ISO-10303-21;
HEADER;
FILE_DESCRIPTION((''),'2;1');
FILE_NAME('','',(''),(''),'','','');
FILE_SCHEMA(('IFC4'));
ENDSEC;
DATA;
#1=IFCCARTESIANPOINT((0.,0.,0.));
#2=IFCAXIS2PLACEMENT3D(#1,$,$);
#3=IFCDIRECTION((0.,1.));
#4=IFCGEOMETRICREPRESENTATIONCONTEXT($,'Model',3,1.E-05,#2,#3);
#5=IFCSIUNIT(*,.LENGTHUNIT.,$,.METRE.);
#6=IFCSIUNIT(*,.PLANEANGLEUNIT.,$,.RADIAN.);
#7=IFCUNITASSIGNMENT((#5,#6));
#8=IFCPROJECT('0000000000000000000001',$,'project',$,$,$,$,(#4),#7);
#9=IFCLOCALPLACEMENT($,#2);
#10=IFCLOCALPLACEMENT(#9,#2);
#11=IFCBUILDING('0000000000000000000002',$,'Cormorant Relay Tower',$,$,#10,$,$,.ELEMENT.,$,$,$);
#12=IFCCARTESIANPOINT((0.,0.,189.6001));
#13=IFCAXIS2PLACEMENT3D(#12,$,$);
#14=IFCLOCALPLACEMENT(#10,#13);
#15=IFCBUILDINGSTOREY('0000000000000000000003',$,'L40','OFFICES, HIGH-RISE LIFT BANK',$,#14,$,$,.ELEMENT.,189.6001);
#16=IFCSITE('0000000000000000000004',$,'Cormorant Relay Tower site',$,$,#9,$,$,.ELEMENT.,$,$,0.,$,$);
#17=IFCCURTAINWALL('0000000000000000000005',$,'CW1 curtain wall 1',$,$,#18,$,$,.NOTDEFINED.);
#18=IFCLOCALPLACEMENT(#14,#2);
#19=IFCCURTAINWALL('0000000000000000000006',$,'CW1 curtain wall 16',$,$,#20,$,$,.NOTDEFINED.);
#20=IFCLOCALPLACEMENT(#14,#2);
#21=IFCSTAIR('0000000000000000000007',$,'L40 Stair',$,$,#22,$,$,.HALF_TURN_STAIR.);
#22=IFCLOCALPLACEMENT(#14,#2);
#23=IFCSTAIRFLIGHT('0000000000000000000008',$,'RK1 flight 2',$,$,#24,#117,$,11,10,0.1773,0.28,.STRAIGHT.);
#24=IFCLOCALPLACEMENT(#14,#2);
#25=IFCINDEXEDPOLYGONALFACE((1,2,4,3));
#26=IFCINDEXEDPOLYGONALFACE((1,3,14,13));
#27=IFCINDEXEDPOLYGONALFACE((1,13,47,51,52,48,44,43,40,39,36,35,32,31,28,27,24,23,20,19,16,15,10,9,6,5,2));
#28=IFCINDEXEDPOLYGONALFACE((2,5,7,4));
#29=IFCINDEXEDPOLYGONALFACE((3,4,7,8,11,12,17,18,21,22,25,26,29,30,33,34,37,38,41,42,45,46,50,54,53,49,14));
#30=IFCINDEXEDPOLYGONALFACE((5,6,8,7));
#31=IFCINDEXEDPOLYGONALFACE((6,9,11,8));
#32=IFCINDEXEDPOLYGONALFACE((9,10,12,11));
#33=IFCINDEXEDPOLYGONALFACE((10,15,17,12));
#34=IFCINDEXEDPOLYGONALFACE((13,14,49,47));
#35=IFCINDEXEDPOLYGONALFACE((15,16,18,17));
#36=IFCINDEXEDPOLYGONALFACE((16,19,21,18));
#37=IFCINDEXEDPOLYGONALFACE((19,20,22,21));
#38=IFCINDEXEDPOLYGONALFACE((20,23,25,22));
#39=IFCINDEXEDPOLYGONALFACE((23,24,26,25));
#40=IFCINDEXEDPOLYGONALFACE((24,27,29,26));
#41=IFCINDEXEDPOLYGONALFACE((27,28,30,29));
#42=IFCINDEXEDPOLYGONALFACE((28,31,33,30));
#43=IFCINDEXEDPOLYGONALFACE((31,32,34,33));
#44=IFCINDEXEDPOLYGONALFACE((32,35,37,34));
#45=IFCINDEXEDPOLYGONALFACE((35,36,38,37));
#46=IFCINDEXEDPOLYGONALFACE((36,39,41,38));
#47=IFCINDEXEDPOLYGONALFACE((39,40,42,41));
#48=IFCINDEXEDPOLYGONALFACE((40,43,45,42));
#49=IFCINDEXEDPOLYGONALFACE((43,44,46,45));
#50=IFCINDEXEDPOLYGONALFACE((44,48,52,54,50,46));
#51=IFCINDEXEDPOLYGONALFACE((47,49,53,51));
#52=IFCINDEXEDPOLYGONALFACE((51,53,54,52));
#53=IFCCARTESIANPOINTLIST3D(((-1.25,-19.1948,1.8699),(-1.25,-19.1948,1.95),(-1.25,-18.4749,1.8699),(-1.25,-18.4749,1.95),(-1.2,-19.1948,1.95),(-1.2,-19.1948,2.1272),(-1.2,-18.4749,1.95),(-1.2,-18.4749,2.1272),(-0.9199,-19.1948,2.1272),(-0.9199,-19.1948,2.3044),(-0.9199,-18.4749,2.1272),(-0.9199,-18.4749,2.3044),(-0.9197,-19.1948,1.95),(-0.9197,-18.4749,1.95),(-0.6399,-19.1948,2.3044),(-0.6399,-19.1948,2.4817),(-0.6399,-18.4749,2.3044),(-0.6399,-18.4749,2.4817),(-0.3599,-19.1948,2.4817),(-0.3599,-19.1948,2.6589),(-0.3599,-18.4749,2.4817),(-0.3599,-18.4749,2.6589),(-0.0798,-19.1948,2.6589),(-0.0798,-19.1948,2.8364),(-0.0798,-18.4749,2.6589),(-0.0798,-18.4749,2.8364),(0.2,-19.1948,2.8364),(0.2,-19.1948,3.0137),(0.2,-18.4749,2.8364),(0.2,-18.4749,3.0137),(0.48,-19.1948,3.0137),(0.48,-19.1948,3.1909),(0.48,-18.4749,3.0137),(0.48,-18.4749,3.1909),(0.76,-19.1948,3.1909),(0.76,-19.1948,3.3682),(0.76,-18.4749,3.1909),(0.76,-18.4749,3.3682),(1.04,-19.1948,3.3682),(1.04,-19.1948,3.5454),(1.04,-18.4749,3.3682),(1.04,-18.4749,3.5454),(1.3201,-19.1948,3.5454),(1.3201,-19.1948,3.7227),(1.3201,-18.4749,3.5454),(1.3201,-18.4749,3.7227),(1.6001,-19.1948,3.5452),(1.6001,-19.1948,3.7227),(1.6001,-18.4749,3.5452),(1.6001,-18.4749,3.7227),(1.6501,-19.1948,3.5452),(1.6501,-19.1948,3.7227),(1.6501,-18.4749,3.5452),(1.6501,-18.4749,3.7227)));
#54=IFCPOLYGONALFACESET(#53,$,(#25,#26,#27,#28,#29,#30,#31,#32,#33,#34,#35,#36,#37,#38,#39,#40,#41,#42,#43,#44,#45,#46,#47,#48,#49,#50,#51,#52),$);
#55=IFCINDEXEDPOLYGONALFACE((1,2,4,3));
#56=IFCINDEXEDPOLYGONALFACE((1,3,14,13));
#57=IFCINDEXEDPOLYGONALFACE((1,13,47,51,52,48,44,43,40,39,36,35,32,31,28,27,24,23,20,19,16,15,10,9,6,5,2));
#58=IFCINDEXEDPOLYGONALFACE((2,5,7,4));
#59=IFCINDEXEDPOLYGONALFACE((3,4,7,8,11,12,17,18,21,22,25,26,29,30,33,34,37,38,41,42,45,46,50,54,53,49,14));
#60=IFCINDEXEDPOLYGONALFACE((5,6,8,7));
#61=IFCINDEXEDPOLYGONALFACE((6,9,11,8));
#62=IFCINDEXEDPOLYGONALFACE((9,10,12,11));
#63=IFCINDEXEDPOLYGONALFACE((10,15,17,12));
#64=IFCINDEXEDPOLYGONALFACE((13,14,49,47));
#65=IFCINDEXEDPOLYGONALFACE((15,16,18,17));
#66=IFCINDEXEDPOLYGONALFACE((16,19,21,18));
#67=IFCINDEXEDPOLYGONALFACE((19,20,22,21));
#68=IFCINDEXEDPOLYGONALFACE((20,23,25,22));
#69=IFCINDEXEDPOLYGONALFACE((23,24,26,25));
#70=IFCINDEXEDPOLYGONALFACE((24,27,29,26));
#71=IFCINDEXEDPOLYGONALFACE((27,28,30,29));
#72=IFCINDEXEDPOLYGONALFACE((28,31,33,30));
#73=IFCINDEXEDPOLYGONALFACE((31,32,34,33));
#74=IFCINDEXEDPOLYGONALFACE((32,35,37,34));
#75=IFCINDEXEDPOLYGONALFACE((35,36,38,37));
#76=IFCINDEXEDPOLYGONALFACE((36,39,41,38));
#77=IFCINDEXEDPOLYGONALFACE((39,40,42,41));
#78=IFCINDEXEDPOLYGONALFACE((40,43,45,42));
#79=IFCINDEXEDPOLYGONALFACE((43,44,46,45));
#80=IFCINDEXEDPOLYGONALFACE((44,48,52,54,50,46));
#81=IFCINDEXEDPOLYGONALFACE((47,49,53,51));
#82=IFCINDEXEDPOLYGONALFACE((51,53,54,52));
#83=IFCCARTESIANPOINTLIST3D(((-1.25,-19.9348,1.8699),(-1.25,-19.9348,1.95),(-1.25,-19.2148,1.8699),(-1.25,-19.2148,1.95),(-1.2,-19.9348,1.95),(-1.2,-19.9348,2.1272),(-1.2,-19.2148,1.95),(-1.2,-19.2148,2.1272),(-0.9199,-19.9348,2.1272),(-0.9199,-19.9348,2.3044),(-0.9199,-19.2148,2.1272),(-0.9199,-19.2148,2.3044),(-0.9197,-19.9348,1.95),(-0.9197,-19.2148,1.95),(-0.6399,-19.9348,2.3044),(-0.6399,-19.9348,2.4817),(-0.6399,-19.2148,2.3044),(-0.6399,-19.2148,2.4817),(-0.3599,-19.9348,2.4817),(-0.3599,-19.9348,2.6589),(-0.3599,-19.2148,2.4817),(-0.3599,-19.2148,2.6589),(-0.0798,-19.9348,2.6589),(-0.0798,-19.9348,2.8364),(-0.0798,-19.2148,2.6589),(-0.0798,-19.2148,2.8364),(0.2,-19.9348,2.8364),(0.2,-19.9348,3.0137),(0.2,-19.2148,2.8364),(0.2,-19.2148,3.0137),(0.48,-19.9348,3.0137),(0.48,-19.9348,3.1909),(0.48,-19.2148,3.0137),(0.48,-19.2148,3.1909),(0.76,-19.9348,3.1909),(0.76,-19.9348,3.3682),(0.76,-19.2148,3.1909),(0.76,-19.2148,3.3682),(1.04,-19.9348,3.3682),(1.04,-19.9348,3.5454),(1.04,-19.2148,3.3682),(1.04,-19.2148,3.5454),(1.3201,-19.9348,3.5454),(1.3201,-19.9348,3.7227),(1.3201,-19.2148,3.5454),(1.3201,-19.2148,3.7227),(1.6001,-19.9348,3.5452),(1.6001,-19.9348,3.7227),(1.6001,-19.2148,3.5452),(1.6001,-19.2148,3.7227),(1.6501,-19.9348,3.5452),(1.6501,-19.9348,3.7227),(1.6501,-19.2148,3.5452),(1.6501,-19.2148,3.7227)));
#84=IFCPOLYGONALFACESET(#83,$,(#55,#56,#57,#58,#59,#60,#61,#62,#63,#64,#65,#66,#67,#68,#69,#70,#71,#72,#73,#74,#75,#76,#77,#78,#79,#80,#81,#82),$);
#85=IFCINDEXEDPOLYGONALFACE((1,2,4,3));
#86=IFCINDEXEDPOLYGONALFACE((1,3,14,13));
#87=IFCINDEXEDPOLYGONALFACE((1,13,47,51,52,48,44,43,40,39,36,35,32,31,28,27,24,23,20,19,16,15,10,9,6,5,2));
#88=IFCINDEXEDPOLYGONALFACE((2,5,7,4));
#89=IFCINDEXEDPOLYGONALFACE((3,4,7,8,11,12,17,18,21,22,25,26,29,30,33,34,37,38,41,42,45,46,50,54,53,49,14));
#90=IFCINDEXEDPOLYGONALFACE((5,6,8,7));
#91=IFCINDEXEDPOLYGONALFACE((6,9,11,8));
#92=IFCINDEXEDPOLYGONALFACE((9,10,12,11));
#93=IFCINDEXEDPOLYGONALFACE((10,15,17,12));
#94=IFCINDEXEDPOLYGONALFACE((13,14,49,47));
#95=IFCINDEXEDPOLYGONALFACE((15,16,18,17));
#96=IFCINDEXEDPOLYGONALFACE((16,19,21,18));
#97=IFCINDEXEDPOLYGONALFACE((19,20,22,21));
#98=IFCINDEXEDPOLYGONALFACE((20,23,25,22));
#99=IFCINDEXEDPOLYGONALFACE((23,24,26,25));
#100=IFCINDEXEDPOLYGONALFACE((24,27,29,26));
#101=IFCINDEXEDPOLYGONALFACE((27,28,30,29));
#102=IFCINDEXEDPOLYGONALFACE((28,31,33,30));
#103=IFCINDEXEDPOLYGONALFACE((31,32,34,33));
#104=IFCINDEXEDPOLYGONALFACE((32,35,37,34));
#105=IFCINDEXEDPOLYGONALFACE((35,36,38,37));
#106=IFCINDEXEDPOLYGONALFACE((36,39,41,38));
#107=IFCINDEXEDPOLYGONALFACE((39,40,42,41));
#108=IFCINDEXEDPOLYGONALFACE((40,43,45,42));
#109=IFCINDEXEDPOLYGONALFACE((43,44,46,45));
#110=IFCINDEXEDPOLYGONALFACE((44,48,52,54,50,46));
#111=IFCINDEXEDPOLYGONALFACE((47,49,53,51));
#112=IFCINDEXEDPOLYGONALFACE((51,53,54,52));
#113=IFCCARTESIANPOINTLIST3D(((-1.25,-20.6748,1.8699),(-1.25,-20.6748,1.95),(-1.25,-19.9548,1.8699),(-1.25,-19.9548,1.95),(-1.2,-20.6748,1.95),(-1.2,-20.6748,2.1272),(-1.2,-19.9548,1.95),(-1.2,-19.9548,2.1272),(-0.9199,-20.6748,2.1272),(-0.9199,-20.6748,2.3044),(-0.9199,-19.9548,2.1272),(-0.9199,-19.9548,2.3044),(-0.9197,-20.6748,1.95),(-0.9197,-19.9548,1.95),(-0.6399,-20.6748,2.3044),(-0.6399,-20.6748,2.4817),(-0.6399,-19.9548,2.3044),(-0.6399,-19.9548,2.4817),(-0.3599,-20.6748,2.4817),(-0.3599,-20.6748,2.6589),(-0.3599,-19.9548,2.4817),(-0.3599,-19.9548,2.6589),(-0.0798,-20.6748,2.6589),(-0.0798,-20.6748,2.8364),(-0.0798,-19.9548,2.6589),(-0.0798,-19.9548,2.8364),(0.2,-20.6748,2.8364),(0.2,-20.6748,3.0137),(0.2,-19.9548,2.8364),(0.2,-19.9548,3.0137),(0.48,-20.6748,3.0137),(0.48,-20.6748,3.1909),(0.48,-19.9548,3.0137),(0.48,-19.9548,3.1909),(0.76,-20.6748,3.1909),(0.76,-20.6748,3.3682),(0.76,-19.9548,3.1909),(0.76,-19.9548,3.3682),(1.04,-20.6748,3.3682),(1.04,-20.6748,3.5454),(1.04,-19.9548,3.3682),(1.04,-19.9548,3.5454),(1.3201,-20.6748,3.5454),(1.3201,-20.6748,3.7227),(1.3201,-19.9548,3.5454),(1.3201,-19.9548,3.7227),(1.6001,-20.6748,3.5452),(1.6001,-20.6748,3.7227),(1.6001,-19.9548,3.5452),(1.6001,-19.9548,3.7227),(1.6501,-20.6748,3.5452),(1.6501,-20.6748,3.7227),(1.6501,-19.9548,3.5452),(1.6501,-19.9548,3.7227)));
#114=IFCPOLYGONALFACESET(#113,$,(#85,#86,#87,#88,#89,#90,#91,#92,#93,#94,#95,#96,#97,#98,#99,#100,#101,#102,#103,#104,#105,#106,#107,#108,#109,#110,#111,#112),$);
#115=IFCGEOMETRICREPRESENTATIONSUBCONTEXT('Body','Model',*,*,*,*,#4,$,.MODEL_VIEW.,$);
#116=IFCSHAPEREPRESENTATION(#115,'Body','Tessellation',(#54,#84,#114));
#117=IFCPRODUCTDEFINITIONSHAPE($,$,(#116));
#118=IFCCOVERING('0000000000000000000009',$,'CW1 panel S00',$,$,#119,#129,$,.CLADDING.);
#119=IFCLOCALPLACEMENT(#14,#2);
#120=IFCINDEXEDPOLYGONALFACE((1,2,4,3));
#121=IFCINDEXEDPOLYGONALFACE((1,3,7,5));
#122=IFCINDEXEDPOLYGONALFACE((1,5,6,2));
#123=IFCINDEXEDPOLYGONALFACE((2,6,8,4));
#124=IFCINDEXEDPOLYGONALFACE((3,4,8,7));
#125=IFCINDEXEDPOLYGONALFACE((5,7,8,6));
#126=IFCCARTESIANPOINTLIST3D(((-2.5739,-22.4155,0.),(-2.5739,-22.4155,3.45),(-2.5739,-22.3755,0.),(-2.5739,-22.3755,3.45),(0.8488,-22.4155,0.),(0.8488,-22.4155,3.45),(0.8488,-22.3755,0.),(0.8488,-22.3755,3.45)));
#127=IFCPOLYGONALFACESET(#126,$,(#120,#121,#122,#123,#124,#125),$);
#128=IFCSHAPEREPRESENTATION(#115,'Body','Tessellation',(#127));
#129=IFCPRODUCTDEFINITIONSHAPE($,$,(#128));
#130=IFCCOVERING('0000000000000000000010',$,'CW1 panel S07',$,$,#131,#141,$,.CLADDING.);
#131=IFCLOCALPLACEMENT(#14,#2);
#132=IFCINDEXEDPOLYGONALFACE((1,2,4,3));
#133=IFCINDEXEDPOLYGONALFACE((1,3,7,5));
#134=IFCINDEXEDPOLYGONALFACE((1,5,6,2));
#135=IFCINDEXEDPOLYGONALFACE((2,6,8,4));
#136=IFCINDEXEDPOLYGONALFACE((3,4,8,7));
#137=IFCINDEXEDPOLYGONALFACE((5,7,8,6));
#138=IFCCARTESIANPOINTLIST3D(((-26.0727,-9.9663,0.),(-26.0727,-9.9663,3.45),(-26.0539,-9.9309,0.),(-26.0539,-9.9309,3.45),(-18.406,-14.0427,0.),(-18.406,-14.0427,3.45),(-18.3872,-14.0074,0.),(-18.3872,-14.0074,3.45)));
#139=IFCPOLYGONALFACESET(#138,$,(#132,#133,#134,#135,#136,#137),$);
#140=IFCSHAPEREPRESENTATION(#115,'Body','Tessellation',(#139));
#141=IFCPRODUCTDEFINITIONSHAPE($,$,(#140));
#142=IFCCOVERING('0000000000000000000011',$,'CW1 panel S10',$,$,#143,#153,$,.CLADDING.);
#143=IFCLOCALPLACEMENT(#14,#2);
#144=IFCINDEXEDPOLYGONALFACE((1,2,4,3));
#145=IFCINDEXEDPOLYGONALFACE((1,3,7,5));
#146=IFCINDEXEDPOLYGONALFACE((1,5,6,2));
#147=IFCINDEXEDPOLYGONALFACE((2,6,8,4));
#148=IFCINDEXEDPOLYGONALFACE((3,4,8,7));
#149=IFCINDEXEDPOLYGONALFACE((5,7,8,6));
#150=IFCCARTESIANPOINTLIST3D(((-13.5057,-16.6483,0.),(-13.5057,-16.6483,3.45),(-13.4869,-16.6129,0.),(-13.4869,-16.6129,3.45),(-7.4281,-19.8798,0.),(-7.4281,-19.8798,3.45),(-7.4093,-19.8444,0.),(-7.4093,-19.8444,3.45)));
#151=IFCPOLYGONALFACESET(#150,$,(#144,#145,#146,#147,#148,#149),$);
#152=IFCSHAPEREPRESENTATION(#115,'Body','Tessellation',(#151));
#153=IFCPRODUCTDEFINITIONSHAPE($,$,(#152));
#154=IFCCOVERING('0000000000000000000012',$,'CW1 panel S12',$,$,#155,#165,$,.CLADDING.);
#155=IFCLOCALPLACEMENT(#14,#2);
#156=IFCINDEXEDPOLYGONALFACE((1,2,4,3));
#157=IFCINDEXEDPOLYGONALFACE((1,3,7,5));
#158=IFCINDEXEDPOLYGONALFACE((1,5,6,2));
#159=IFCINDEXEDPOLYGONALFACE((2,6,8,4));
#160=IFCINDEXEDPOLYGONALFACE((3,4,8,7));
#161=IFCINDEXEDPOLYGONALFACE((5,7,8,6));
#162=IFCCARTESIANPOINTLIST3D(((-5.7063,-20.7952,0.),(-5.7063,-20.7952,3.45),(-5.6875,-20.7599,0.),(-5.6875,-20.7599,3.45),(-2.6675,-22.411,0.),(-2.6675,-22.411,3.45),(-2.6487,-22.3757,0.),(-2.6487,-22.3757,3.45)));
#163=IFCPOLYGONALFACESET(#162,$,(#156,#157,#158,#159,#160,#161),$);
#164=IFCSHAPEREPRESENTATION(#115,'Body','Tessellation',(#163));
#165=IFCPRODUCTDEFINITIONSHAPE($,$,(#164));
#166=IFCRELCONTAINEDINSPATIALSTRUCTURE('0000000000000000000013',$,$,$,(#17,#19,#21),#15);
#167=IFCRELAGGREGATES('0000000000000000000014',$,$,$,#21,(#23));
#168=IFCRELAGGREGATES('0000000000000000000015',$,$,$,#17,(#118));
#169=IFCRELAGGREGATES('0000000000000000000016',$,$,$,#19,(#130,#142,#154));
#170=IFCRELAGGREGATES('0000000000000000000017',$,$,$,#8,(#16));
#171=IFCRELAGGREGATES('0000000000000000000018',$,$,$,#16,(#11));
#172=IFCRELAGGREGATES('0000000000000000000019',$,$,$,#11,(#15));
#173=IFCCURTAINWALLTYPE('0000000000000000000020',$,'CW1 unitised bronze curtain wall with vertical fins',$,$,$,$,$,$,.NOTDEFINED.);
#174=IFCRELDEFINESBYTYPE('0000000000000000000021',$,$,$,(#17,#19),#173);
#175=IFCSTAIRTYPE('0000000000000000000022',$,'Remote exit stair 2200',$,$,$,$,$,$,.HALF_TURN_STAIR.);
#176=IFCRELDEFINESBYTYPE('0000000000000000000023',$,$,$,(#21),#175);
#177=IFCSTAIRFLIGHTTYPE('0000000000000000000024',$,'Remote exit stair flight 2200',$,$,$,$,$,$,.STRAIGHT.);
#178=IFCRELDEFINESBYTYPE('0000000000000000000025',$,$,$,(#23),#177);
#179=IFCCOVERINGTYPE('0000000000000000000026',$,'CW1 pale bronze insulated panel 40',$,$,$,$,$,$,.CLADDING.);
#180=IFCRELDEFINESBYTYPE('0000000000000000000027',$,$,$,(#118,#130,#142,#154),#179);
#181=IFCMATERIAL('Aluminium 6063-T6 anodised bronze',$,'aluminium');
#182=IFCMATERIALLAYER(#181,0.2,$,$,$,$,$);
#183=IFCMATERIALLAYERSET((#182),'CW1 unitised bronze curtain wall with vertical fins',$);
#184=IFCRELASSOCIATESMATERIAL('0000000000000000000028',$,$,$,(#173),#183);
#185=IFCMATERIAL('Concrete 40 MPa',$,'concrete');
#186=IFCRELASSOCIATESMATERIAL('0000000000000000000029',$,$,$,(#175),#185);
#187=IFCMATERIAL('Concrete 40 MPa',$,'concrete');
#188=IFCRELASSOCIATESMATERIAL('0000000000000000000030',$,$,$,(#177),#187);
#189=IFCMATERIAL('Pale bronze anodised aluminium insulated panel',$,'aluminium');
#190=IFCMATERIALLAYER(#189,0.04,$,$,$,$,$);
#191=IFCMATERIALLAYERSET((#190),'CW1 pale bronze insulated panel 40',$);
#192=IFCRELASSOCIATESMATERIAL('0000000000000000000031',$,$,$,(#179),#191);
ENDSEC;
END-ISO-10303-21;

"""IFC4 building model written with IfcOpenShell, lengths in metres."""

from ifc_helpers import new_model, si_unit, direction, frame, origin, origin_2d, place, context, subcontext, project, spatial, polyline, rectangle, outline, extrude, material, layer, layer_set, type_object, element, aggregate, save


model = new_model("IFC4")

# Units and contexts
model_context = context("Model", 3, precision=1e-05, world=origin(), true_north=direction((0.0, 1.0)))
body_context = subcontext(model_context, "Body", "Model", "MODEL_VIEW")
ifc_project = project(units=[si_unit("LENGTHUNIT", "METRE"), si_unit("PLANEANGLEUNIT", "RADIAN")], contexts=[model_context])

# Site, building, storey
site_placement = place(None, origin())
site = spatial("IfcSite", under=ifc_project, at=site_placement, Name="Cormorant Relay Tower site", CompositionType="ELEMENT", RefElevation=0.0)
building_placement = place(site_placement, origin())
building = spatial("IfcBuilding", under=site, at=building_placement, Name="Cormorant Relay Tower", CompositionType="ELEMENT")
storey_placement = place(building_placement, frame((0.0, 0.0, 189.6001)))
storey = spatial("IfcBuildingStorey", under=building, at=storey_placement, Name="L40", Description="OFFICES, HIGH-RISE LIFT BANK", CompositionType="ELEMENT", Elevation=189.6001)

# Curtain wall
ifc_material_1 = material(Name="Aluminium 6063-T6 anodised bronze", Category="aluminium")
ifc_layer_1 = layer(ifc_material_1, 0.2)
ifc_layer_set_1 = layer_set([ifc_layer_1], Name="CW1 unitised bronze curtain wall with vertical fins")
curtain_wall_type = type_object("IfcCurtainWallType", Name="CW1 unitised bronze curtain wall with vertical fins", PredefinedType="NOTDEFINED", material=ifc_layer_set_1)
curtain_wall_1_placement = place(storey_placement, origin())
curtain_wall_1 = element("IfcCurtainWall", 1, at=curtain_wall_1_placement, inside=storey, type_object=curtain_wall_type, Name="CW1 curtain wall 1", PredefinedType="NOTDEFINED")

# Curtain wall
curtain_wall_2_placement = place(storey_placement, origin())
curtain_wall_2 = element("IfcCurtainWall", 2, at=curtain_wall_2_placement, inside=storey, type_object=curtain_wall_type, Name="CW1 curtain wall 16", PredefinedType="NOTDEFINED")

# Stair, stair flight
ifc_material_2 = material(Name="Concrete 40 MPa", Category="concrete")
stair_type = type_object("IfcStairType", Name="Remote exit stair 2200", PredefinedType="HALF_TURN_STAIR", material=ifc_material_2)
stair_placement = place(storey_placement, origin())
stair = element("IfcStair", 3, at=stair_placement, inside=storey, type_object=stair_type, Name="L40 Stair", PredefinedType="HALF_TURN_STAIR")
ifc_material_3 = material(Name="Concrete 40 MPa", Category="concrete")
stair_flight_type = type_object("IfcStairFlightType", Name="Remote exit stair flight 2200", PredefinedType="STRAIGHT", material=ifc_material_3)
stair_flight_placement = place(storey_placement, frame((-1.2, -19.575, 1.95), z_axis=(0.0, 0.0, 1.0), x_axis=(1.0, 0.0, 0.0)))
stair_flight = element("IfcStairFlight", 4, at=stair_flight_placement, type_object=stair_flight_type, Name="RK1 flight 2", NumberOfRisers=11, NumberOfTreads=10, PredefinedType="STRAIGHT", RiserHeight=0.1773, TreadLength=0.28, context=body_context, shape_type="SweptSolid", body=[
    extrude(outline(polyline([(-0.05, -0.0801), (-0.05, 0.0), (0.0, 0.0), (0.0, 0.1772), (0.28, 0.1772), (0.28, 0.3545), (0.5601, 0.3545), (0.5601, 0.5317), (0.8401, 0.5317), (0.8401, 0.709), (1.1201, 0.709), (1.1201, 0.8865), (1.3999, 0.8865), (1.3999, 1.0637), (1.6799, 1.0637), (1.6799, 1.241), (1.96, 1.241), (1.96, 1.4182), (2.24, 1.4182), (2.24, 1.5955), (2.52, 1.5955), (2.52, 1.7727), (2.8, 1.7727), (2.8501, 1.7727), (2.8501, 1.5952), (2.8, 1.5952), (0.2803, 0.0), (-0.05, -0.0801)])), frame((0.0, 1.1001, 0.0), z_axis=(0.0, -1.0, 0.0), x_axis=(1.0, 0.0, 0.0)), (0.0, 0.0, 1.0), 0.72),
    extrude(outline(polyline([(-0.05, -0.0801), (-0.05, 0.0), (0.0, 0.0), (0.0, 0.1772), (0.28, 0.1772), (0.28, 0.3545), (0.5601, 0.3545), (0.5601, 0.5317), (0.8401, 0.5317), (0.8401, 0.709), (1.1201, 0.709), (1.1201, 0.8865), (1.3999, 0.8865), (1.3999, 1.0637), (1.6799, 1.0637), (1.6799, 1.241), (1.96, 1.241), (1.96, 1.4182), (2.24, 1.4182), (2.24, 1.5955), (2.52, 1.5955), (2.52, 1.7727), (2.8, 1.7727), (2.8501, 1.7727), (2.8501, 1.5952), (2.8, 1.5952), (0.2803, 0.0), (-0.05, -0.0801)])), frame((0.0, 0.3601, 0.0), z_axis=(0.0, -1.0, 0.0), x_axis=(1.0, 0.0, 0.0)), (0.0, 0.0, 1.0), 0.72),
    extrude(outline(polyline([(-0.05, -0.0801), (-0.05, 0.0), (0.0, 0.0), (0.0, 0.1772), (0.28, 0.1772), (0.28, 0.3545), (0.5601, 0.3545), (0.5601, 0.5317), (0.8401, 0.5317), (0.8401, 0.709), (1.1201, 0.709), (1.1201, 0.8865), (1.3999, 0.8865), (1.3999, 1.0637), (1.6799, 1.0637), (1.6799, 1.241), (1.96, 1.241), (1.96, 1.4182), (2.24, 1.4182), (2.24, 1.5955), (2.52, 1.5955), (2.52, 1.7727), (2.8, 1.7727), (2.8501, 1.7727), (2.8501, 1.5952), (2.8, 1.5952), (0.2803, 0.0), (-0.05, -0.0801)])), frame((0.0, -0.3799, 0.0), z_axis=(0.0, -1.0, 0.0), x_axis=(1.0, 0.0, 0.0)), (0.0, 0.0, 1.0), 0.72),
])
aggregate(stair, [stair_flight])

# Coverings
ifc_material_4 = material(Name="Pale bronze anodised aluminium insulated panel", Category="aluminium")
ifc_layer_2 = layer(ifc_material_4, 0.04)
ifc_layer_set_2 = layer_set([ifc_layer_2], Name="CW1 pale bronze insulated panel 40")
covering_type = type_object("IfcCoveringType", Name="CW1 pale bronze insulated panel 40", PredefinedType="CLADDING", material=ifc_layer_set_2)
covering_1_placement = place(storey_placement, frame((-0.8625, -22.3955, 0.0), z_axis=(0.0, 0.0, 1.0), x_axis=(1.0, 0.0, 0.0)))
covering_1 = element("IfcCovering", 5, at=covering_1_placement, type_object=covering_type, Name="CW1 panel S00", PredefinedType="CLADDING", context=body_context, shape_type="SweptSolid", body=[
    extrude(rectangle(XDim=3.4226, YDim=0.04, at=origin_2d()), origin(), (0.0, 0.0, 1.0), 3.45),
])
aggregate(curtain_wall_1, [covering_1])
covering_2_placement = place(storey_placement, frame((-22.23, -11.9868, 0.0), z_axis=(0.0, 0.0, 1.0), x_axis=(0.882948, -0.469472, 0.0)))
covering_2 = element("IfcCovering", 6, at=covering_2_placement, type_object=covering_type, Name="CW1 panel S07", PredefinedType="CLADDING", context=body_context, shape_type="SweptSolid", body=[
    extrude(rectangle(XDim=8.6831, YDim=0.04, at=origin_2d()), origin(), (0.0, 0.0, 1.0), 3.45),
])
covering_3_placement = place(storey_placement, frame((-10.4575, -18.2463, 0.0), z_axis=(0.0, 0.0, 1.0), x_axis=(0.882948, -0.469472, 0.0)))
covering_3 = element("IfcCovering", 7, at=covering_3_placement, type_object=covering_type, Name="CW1 panel S10", PredefinedType="CLADDING", context=body_context, shape_type="SweptSolid", body=[
    extrude(rectangle(XDim=6.8833, YDim=0.04, at=origin_2d()), origin(), (0.0, 0.0, 1.0), 3.45),
])
covering_4_placement = place(storey_placement, frame((-4.1775, -21.5854, 0.0), z_axis=(0.0, 0.0, 1.0), x_axis=(0.882948, -0.469472, 0.0)))
covering_4 = element("IfcCovering", 8, at=covering_4_placement, type_object=covering_type, Name="CW1 panel S12", PredefinedType="CLADDING", context=body_context, shape_type="SweptSolid", body=[
    extrude(rectangle(XDim=3.4417, YDim=0.04, at=origin_2d()), origin(), (0.0, 0.0, 1.0), 3.45),
])
aggregate(curtain_wall_2, [covering_2, covering_3, covering_4])

save(model, "model.ifc")
